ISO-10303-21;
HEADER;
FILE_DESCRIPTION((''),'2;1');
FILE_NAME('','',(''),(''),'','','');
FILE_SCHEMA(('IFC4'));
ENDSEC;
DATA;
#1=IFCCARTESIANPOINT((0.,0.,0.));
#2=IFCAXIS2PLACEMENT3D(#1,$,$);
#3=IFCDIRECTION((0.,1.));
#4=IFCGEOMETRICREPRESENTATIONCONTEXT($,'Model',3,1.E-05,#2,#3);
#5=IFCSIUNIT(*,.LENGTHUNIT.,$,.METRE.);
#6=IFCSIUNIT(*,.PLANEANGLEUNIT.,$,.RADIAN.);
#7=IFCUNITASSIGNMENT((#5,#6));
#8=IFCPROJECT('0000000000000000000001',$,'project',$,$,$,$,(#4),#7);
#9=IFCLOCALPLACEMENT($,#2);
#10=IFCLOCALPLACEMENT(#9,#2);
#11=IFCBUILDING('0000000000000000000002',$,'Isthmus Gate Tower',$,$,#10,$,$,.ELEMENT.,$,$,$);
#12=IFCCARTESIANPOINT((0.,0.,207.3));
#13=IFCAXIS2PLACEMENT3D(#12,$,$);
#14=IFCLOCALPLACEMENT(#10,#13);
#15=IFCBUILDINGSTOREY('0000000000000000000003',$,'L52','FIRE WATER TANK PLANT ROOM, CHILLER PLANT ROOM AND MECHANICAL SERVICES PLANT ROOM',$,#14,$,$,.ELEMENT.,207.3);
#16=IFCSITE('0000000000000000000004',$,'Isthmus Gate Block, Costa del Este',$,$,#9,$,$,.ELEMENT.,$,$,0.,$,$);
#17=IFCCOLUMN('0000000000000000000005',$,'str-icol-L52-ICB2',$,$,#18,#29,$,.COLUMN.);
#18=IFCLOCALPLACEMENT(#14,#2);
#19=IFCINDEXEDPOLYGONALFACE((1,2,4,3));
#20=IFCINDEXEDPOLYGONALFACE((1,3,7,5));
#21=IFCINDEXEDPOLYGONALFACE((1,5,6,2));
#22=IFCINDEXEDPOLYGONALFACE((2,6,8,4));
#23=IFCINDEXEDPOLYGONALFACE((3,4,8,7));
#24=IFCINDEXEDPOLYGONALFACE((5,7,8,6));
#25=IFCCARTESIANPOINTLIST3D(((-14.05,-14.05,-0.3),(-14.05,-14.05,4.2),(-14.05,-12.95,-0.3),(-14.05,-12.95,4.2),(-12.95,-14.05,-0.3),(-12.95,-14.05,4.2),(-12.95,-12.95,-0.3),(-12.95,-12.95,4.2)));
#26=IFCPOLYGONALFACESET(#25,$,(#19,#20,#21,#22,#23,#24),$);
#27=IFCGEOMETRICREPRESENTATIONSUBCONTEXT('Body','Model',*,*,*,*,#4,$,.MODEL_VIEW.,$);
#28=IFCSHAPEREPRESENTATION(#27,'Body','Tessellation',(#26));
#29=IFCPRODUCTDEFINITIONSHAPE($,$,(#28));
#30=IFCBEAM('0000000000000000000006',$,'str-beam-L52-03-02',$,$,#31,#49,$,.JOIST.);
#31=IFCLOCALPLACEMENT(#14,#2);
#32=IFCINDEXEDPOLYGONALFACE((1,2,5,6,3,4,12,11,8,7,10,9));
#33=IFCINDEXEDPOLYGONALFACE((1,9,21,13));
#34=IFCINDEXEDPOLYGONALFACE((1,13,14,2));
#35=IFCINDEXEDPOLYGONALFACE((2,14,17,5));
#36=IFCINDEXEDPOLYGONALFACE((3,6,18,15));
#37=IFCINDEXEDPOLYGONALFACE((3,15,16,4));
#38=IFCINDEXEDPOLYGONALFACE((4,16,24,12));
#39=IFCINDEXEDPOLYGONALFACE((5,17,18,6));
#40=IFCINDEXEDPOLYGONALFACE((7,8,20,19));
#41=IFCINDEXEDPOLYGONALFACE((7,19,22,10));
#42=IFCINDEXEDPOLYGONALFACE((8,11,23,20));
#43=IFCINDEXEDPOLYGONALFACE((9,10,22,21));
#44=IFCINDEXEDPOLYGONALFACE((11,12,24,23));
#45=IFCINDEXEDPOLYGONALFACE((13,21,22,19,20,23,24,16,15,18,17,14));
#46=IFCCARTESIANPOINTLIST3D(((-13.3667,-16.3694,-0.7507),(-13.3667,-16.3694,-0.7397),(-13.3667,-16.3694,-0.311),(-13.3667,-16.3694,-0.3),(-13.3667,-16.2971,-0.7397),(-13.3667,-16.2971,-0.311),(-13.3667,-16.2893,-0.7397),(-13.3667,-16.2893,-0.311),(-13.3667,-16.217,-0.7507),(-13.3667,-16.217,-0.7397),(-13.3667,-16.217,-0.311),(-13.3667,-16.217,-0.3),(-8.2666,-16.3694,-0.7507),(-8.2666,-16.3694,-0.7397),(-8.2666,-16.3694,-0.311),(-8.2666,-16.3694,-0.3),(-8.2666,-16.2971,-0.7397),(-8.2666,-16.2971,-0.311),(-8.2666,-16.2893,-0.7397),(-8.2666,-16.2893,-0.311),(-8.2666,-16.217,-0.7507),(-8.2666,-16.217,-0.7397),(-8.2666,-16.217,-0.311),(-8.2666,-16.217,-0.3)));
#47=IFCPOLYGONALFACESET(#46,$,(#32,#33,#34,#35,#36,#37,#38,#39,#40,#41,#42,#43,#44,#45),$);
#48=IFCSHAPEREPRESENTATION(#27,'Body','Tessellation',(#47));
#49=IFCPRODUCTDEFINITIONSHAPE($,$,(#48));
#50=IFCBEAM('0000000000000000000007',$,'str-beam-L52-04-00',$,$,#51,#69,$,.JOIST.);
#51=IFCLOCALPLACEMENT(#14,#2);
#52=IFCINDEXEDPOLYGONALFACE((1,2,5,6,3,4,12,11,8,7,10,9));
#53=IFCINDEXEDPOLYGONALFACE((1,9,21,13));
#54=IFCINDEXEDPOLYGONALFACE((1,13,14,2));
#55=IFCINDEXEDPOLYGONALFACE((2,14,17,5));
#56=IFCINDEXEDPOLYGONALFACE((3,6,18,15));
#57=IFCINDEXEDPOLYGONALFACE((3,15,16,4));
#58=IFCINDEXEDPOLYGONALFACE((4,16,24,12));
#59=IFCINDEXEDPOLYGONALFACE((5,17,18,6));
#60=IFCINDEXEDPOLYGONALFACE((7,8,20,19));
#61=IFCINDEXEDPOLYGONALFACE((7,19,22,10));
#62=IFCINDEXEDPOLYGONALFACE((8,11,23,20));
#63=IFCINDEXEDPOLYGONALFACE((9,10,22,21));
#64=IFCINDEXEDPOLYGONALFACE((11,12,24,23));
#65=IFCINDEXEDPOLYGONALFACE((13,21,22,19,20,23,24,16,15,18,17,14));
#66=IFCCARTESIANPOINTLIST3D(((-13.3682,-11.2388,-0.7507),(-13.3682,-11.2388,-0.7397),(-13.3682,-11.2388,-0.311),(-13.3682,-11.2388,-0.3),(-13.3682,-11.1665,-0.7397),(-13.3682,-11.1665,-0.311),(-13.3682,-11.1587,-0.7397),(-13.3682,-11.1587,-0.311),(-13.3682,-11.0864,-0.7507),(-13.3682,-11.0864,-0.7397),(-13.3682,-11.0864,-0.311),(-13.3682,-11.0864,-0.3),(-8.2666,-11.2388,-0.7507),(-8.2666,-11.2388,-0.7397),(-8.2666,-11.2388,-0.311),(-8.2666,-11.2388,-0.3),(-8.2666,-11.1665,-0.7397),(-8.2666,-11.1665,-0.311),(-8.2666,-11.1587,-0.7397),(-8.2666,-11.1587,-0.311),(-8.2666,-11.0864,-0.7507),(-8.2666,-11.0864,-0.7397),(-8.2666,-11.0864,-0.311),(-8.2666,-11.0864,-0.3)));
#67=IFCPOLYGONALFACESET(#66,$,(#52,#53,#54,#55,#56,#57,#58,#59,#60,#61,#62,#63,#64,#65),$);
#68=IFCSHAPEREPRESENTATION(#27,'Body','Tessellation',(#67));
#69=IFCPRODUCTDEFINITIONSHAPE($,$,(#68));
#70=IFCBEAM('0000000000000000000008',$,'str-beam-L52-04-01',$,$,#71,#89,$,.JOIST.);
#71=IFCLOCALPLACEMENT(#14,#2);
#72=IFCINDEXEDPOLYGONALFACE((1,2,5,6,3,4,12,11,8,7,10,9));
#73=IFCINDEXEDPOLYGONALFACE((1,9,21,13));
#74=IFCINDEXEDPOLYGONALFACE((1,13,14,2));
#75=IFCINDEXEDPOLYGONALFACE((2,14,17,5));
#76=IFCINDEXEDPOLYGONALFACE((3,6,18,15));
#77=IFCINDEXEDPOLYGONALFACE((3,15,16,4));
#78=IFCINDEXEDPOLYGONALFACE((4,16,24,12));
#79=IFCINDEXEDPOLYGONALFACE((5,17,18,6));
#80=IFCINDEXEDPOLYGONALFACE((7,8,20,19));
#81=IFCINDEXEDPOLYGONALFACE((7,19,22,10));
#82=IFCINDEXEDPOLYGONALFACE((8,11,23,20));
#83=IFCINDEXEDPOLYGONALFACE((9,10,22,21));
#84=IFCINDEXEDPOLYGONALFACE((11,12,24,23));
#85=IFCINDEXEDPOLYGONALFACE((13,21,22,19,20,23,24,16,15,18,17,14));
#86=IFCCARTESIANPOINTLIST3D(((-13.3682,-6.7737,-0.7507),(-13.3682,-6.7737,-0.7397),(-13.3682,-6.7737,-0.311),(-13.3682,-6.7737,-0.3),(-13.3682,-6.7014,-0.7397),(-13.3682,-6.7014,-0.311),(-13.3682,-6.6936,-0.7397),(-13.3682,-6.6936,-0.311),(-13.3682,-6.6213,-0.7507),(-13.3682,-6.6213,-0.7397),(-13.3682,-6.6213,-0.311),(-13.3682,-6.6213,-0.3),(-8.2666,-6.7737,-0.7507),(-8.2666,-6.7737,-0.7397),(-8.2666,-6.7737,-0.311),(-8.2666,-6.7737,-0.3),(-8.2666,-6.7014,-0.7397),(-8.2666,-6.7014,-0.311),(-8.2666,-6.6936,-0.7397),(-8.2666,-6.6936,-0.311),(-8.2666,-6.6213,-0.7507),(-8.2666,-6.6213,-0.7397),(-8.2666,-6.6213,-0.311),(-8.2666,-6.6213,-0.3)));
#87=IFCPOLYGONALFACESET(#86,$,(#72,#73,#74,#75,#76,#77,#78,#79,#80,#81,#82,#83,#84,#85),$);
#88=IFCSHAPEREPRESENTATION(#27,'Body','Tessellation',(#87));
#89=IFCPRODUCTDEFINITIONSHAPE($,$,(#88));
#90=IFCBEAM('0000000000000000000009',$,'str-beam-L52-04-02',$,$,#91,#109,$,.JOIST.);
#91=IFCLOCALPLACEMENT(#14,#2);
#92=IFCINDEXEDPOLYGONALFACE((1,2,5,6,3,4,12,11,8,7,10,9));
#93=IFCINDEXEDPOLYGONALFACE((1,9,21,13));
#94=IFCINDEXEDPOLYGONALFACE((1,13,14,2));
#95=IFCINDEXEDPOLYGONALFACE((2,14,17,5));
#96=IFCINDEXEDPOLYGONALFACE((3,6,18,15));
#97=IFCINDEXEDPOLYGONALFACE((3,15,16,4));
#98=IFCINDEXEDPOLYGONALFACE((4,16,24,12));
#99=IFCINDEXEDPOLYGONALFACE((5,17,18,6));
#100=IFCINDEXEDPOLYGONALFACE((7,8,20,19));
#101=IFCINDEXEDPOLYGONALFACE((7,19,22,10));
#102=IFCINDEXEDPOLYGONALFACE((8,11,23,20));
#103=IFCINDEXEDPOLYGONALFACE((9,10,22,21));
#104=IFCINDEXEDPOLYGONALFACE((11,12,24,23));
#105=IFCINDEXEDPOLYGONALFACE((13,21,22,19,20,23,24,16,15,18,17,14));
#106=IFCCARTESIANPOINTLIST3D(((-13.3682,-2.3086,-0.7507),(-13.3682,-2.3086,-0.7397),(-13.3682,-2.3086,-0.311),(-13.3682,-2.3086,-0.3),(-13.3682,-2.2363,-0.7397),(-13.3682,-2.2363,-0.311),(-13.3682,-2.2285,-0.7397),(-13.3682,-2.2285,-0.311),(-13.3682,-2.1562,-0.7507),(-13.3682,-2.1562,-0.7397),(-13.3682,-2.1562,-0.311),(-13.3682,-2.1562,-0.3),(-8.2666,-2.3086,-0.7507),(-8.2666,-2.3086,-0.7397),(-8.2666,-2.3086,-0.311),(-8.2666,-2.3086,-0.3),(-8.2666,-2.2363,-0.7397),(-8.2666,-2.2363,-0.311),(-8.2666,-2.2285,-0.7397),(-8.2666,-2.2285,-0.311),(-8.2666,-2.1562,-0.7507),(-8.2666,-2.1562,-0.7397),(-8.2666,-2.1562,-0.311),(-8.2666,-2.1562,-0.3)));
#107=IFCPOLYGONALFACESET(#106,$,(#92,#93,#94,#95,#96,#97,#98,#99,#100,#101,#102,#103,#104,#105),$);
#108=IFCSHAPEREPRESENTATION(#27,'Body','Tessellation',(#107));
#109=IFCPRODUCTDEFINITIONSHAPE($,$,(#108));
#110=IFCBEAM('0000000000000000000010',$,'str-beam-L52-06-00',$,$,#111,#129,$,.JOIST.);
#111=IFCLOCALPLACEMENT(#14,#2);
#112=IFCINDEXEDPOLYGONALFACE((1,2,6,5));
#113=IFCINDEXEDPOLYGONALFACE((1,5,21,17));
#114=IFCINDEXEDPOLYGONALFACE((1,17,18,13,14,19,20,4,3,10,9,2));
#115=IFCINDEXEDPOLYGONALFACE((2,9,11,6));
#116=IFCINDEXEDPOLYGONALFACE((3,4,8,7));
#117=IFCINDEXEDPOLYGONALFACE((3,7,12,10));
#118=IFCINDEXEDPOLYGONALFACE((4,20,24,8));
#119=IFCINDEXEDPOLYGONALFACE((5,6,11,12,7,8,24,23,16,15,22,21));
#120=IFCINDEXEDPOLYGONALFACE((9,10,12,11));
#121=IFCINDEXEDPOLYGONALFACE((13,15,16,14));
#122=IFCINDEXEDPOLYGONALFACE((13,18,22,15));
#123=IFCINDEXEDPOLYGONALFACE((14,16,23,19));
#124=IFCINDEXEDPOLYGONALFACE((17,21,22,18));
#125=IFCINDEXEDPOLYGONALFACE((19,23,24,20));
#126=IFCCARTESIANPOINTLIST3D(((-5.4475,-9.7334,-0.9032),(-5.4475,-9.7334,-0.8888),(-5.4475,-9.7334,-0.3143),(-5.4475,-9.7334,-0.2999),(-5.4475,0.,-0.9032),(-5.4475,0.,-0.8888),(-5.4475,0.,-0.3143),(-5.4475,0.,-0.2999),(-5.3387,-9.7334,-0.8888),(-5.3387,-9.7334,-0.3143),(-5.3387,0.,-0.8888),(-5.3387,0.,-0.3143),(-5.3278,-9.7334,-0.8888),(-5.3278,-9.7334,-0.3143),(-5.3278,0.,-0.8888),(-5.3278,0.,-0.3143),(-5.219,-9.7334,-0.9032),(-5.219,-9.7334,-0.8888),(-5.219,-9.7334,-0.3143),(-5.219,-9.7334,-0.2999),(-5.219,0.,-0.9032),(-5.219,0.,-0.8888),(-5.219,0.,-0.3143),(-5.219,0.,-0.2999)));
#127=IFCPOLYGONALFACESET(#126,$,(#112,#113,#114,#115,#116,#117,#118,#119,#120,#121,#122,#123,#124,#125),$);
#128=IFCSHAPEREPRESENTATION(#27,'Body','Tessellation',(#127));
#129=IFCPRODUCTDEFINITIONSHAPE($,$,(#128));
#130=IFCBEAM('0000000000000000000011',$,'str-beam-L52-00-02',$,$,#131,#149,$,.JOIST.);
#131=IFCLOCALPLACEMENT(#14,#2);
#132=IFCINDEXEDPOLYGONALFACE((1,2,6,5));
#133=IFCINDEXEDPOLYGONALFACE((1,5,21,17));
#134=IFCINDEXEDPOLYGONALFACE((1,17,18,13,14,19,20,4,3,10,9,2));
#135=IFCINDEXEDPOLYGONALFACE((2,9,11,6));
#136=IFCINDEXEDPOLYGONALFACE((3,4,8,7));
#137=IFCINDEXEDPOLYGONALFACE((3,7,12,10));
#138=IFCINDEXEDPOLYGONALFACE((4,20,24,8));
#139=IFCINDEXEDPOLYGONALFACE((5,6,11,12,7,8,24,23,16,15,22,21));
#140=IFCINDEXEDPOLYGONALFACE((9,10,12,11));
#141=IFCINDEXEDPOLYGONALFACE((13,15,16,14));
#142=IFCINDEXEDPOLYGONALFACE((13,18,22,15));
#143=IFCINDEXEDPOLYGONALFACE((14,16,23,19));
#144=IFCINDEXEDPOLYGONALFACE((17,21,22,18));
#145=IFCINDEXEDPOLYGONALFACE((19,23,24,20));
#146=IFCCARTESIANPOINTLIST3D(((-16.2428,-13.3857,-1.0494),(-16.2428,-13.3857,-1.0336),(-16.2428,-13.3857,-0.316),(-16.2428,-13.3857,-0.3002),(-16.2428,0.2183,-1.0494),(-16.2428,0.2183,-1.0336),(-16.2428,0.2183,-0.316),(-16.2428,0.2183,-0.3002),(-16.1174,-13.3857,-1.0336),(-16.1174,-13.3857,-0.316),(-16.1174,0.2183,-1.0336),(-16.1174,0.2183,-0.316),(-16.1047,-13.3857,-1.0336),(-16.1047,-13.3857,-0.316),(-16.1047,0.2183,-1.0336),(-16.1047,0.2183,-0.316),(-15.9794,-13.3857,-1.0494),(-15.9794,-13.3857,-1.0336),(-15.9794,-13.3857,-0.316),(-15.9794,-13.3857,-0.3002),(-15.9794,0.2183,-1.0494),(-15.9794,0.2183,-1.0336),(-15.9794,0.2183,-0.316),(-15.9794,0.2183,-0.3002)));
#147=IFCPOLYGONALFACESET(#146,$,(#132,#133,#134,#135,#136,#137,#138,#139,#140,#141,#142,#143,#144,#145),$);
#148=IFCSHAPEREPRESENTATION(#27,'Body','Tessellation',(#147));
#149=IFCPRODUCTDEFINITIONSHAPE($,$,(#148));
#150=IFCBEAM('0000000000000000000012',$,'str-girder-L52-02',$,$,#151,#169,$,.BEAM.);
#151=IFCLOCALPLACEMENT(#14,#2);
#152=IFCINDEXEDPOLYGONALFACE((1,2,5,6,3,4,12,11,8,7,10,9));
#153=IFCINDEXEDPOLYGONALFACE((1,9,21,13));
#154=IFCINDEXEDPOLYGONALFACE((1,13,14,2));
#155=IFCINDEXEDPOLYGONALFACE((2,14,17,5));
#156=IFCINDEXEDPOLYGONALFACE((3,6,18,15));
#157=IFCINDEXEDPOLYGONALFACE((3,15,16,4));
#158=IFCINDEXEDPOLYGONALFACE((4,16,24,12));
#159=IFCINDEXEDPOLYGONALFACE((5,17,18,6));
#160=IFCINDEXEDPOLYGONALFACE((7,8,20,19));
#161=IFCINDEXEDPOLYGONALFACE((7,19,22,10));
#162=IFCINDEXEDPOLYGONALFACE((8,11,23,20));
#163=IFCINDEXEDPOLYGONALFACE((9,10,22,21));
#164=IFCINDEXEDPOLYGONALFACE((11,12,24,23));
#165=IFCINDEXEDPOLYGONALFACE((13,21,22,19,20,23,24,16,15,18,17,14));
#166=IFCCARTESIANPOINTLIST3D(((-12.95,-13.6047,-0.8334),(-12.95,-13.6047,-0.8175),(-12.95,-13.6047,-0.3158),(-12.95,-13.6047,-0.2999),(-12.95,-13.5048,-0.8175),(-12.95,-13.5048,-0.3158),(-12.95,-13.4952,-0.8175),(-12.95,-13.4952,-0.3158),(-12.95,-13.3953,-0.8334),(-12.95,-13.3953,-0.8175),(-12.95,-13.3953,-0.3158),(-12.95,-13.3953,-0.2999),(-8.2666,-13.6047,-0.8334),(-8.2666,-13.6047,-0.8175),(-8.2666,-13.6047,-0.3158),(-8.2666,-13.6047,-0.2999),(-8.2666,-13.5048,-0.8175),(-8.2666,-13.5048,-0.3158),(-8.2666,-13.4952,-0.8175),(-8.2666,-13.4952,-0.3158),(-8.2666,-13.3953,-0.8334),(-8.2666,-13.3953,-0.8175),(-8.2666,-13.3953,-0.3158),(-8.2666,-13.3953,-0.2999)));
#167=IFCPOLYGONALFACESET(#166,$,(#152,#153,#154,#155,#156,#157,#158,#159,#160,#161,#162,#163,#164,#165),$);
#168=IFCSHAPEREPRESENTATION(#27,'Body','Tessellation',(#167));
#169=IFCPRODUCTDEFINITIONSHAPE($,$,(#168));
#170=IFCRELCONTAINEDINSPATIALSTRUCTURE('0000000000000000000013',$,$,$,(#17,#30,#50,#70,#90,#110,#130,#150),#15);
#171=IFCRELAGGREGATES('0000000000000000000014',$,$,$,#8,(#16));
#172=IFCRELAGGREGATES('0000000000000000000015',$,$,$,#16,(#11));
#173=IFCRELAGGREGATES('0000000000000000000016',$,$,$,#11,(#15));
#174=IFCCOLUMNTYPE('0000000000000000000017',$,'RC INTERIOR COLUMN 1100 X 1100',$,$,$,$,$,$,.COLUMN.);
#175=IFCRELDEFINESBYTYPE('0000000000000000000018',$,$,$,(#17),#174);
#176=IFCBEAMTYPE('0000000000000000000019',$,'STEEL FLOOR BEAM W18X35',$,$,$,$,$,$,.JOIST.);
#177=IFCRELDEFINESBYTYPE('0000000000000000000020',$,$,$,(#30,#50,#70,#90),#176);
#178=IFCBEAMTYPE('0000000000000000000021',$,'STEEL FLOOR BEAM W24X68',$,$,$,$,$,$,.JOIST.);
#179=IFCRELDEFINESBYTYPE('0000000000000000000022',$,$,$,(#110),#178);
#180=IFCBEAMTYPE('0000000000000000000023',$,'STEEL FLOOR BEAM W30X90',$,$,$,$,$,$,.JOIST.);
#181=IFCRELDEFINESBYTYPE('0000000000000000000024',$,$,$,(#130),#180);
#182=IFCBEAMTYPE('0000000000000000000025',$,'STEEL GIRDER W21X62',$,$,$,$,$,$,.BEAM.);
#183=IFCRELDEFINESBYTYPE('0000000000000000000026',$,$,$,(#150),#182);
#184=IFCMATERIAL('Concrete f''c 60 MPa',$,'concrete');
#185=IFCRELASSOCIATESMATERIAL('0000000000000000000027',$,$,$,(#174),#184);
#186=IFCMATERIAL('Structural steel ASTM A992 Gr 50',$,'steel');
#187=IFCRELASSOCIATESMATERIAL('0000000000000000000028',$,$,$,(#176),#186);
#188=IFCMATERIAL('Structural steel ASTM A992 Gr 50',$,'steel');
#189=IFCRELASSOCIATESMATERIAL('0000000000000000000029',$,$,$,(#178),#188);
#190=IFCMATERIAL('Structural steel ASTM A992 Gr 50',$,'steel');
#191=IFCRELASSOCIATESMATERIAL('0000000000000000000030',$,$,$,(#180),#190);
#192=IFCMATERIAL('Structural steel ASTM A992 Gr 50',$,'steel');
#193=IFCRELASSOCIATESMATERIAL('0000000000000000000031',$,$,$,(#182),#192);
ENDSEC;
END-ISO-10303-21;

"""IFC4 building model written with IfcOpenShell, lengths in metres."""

from ifc_helpers import new_model, si_unit, direction, frame, origin, origin_2d, place, context, subcontext, project, spatial, rectangle, i_section, extrude, material, material_profile, profile_set, type_object, element, save


model = new_model("IFC4")

# Units and contexts
model_context = context("Model", 3, precision=1e-05, world=origin(), true_north=direction((0.0, 1.0)))
body_context = subcontext(model_context, "Body", "Model", "MODEL_VIEW")
ifc_project = project(units=[si_unit("LENGTHUNIT", "METRE"), si_unit("PLANEANGLEUNIT", "RADIAN")], contexts=[model_context])

# Site, building, storey
site_placement = place(None, origin())
site = spatial("IfcSite", under=ifc_project, at=site_placement, Name="Isthmus Gate Block, Costa del Este", CompositionType="ELEMENT", RefElevation=0.0)
building_placement = place(site_placement, origin())
building = spatial("IfcBuilding", under=site, at=building_placement, Name="Isthmus Gate Tower", CompositionType="ELEMENT")
storey_placement = place(building_placement, frame((0.0, 0.0, 207.3)))
storey = spatial("IfcBuildingStorey", under=building, at=storey_placement, Name="L52", Description="FIRE WATER TANK PLANT ROOM, CHILLER PLANT ROOM AND MECHANICAL SERVICES PLANT ROOM", CompositionType="ELEMENT", Elevation=207.3)

# Column
ifc_material_1 = material(Name="Concrete f'c 60 MPa", Category="concrete")
ifc_material_profile_1 = material_profile(ifc_material_1, rectangle(XDim=1.1001, YDim=1.1001, at=origin_2d()), Name="RC 1100X1100")
ifc_profile_set_1 = profile_set([ifc_material_profile_1], Name="Concrete f'c 60 MPa")
column_type = type_object("IfcColumnType", Name="RC INTERIOR COLUMN 1100 X 1100", PredefinedType="COLUMN", material=ifc_profile_set_1)
column_placement = place(storey_placement, frame((-13.5, -13.5, -0.3), z_axis=(0.0, 0.0, 1.0), x_axis=(1.0, 0.0, 0.0)))
element("IfcColumn", 1, at=column_placement, inside=storey, type_object=column_type, Name="str-icol-L52-ICB2", PredefinedType="COLUMN", context=body_context, shape_type="SweptSolid", body=[
    extrude(rectangle(XDim=1.1001, YDim=1.1001, at=origin_2d()), origin(), (0.0, 0.0, 1.0), 4.5),
])

# Beams
ifc_material_2 = material(Name="Structural steel ASTM A992 Gr 50", Category="steel")
ifc_material_profile_2 = material_profile(ifc_material_2, i_section(OverallWidth=0.1523, OverallDepth=0.4507, WebThickness=0.0078, FlangeThickness=0.011, at=origin_2d()), Name="W18X35")
ifc_profile_set_2 = profile_set([ifc_material_profile_2], Name="Structural steel ASTM A992 Gr 50")
beam_type_1 = type_object("IfcBeamType", Name="STEEL FLOOR BEAM W18X35", PredefinedType="JOIST", material=ifc_profile_set_2)
beam_1_placement = place(storey_placement, frame((-13.3667, -16.2932, -0.5254), z_axis=(1.0, 0.0, 0.0), x_axis=(0.0, 1.0, 0.0)))
element("IfcBeam", 2, at=beam_1_placement, inside=storey, type_object=beam_type_1, Name="str-beam-L52-03-02", PredefinedType="JOIST", context=body_context, shape_type="SweptSolid", body=[
    extrude(i_section(OverallWidth=0.1523, OverallDepth=0.4507, WebThickness=0.0078, FlangeThickness=0.011, at=origin_2d()), origin(), (0.0, 0.0, 1.0), 5.1001),
])
for number, where, z_axis, x_axis, name in (
    (3, (-13.3682, -11.1626, -0.5254), (1.0, 0.0, 0.0), (0.0, 1.0, 0.0), "str-beam-L52-04-00"),
    (4, (-13.3682, -6.6975, -0.5254), (1.0, 0.0, 0.0), (0.0, 1.0, 0.0), "str-beam-L52-04-01"),
    (5, (-13.3682, -2.2324, -0.5254), (1.0, 0.0, 0.0), (0.0, 1.0, 0.0), "str-beam-L52-04-02"),
):
    element("IfcBeam", number, at=place(storey_placement, frame(where, z_axis=z_axis, x_axis=x_axis)), inside=storey, type_object=beam_type_1, Name=name, PredefinedType="JOIST", context=body_context, shape_type="SweptSolid", body=[
        extrude(i_section(OverallWidth=0.1523, OverallDepth=0.4507, WebThickness=0.0078, FlangeThickness=0.011, at=origin_2d()), origin(), (0.0, 0.0, 1.0), 5.1016),
    ])
ifc_material_3 = material(Name="Structural steel ASTM A992 Gr 50", Category="steel")
ifc_material_profile_3 = material_profile(ifc_material_3, i_section(OverallWidth=0.2285, OverallDepth=0.6033, WebThickness=0.011, FlangeThickness=0.0144, at=origin_2d()), Name="W24X68")
ifc_profile_set_3 = profile_set([ifc_material_profile_3], Name="Structural steel ASTM A992 Gr 50")
beam_type_2 = type_object("IfcBeamType", Name="STEEL FLOOR BEAM W24X68", PredefinedType="JOIST", material=ifc_profile_set_3)
beam_2_placement = place(storey_placement, frame((-5.3333, -9.7334, -0.6016), z_axis=(0.0, 1.0, 0.0), x_axis=(-1.0, 0.0, 0.0)))
element("IfcBeam", 6, at=beam_2_placement, inside=storey, type_object=beam_type_2, Name="str-beam-L52-06-00", PredefinedType="JOIST", context=body_context, shape_type="SweptSolid", body=[
    extrude(i_section(OverallWidth=0.2285, OverallDepth=0.6033, WebThickness=0.011, FlangeThickness=0.0144, at=origin_2d()), origin(), (0.0, 0.0, 1.0), 9.7334),
])
ifc_material_4 = material(Name="Structural steel ASTM A992 Gr 50", Category="steel")
ifc_material_profile_4 = material_profile(ifc_material_4, i_section(OverallWidth=0.2634, OverallDepth=0.7493, WebThickness=0.0127, FlangeThickness=0.0159, at=origin_2d()), Name="W30X90")
ifc_profile_set_4 = profile_set([ifc_material_profile_4], Name="Structural steel ASTM A992 Gr 50")
beam_type_3 = type_object("IfcBeamType", Name="STEEL FLOOR BEAM W30X90", PredefinedType="JOIST", material=ifc_profile_set_4)
beam_3_placement = place(storey_placement, frame((-16.1111, -13.3857, -0.6748), z_axis=(0.0, 1.0, 0.0), x_axis=(-1.0, 0.0, 0.0)))
element("IfcBeam", 7, at=beam_3_placement, inside=storey, type_object=beam_type_3, Name="str-beam-L52-00-02", PredefinedType="JOIST", context=body_context, shape_type="SweptSolid", body=[
    extrude(i_section(OverallWidth=0.2634, OverallDepth=0.7493, WebThickness=0.0127, FlangeThickness=0.0159, at=origin_2d()), origin(), (0.0, 0.0, 1.0), 13.604),
])
ifc_material_5 = material(Name="Structural steel ASTM A992 Gr 50", Category="steel")
ifc_material_profile_5 = material_profile(ifc_material_5, i_section(OverallWidth=0.2095, OverallDepth=0.5334, WebThickness=0.0095, FlangeThickness=0.0159, at=origin_2d()), Name="W21X62")
ifc_profile_set_5 = profile_set([ifc_material_profile_5], Name="Structural steel ASTM A992 Gr 50")
beam_type_4 = type_object("IfcBeamType", Name="STEEL GIRDER W21X62", PredefinedType="BEAM", material=ifc_profile_set_5)
beam_4_placement = place(storey_placement, frame((-12.95, -13.5, -0.5667), z_axis=(1.0, 0.0, 0.0), x_axis=(0.0, 1.0, 0.0)))
element("IfcBeam", 8, at=beam_4_placement, inside=storey, type_object=beam_type_4, Name="str-girder-L52-02", PredefinedType="BEAM", context=body_context, shape_type="SweptSolid", body=[
    extrude(i_section(OverallWidth=0.2095, OverallDepth=0.5334, WebThickness=0.0095, FlangeThickness=0.0159, at=origin_2d()), origin(), (0.0, 0.0, 1.0), 4.6833),
])

save(model, "model.ifc")
